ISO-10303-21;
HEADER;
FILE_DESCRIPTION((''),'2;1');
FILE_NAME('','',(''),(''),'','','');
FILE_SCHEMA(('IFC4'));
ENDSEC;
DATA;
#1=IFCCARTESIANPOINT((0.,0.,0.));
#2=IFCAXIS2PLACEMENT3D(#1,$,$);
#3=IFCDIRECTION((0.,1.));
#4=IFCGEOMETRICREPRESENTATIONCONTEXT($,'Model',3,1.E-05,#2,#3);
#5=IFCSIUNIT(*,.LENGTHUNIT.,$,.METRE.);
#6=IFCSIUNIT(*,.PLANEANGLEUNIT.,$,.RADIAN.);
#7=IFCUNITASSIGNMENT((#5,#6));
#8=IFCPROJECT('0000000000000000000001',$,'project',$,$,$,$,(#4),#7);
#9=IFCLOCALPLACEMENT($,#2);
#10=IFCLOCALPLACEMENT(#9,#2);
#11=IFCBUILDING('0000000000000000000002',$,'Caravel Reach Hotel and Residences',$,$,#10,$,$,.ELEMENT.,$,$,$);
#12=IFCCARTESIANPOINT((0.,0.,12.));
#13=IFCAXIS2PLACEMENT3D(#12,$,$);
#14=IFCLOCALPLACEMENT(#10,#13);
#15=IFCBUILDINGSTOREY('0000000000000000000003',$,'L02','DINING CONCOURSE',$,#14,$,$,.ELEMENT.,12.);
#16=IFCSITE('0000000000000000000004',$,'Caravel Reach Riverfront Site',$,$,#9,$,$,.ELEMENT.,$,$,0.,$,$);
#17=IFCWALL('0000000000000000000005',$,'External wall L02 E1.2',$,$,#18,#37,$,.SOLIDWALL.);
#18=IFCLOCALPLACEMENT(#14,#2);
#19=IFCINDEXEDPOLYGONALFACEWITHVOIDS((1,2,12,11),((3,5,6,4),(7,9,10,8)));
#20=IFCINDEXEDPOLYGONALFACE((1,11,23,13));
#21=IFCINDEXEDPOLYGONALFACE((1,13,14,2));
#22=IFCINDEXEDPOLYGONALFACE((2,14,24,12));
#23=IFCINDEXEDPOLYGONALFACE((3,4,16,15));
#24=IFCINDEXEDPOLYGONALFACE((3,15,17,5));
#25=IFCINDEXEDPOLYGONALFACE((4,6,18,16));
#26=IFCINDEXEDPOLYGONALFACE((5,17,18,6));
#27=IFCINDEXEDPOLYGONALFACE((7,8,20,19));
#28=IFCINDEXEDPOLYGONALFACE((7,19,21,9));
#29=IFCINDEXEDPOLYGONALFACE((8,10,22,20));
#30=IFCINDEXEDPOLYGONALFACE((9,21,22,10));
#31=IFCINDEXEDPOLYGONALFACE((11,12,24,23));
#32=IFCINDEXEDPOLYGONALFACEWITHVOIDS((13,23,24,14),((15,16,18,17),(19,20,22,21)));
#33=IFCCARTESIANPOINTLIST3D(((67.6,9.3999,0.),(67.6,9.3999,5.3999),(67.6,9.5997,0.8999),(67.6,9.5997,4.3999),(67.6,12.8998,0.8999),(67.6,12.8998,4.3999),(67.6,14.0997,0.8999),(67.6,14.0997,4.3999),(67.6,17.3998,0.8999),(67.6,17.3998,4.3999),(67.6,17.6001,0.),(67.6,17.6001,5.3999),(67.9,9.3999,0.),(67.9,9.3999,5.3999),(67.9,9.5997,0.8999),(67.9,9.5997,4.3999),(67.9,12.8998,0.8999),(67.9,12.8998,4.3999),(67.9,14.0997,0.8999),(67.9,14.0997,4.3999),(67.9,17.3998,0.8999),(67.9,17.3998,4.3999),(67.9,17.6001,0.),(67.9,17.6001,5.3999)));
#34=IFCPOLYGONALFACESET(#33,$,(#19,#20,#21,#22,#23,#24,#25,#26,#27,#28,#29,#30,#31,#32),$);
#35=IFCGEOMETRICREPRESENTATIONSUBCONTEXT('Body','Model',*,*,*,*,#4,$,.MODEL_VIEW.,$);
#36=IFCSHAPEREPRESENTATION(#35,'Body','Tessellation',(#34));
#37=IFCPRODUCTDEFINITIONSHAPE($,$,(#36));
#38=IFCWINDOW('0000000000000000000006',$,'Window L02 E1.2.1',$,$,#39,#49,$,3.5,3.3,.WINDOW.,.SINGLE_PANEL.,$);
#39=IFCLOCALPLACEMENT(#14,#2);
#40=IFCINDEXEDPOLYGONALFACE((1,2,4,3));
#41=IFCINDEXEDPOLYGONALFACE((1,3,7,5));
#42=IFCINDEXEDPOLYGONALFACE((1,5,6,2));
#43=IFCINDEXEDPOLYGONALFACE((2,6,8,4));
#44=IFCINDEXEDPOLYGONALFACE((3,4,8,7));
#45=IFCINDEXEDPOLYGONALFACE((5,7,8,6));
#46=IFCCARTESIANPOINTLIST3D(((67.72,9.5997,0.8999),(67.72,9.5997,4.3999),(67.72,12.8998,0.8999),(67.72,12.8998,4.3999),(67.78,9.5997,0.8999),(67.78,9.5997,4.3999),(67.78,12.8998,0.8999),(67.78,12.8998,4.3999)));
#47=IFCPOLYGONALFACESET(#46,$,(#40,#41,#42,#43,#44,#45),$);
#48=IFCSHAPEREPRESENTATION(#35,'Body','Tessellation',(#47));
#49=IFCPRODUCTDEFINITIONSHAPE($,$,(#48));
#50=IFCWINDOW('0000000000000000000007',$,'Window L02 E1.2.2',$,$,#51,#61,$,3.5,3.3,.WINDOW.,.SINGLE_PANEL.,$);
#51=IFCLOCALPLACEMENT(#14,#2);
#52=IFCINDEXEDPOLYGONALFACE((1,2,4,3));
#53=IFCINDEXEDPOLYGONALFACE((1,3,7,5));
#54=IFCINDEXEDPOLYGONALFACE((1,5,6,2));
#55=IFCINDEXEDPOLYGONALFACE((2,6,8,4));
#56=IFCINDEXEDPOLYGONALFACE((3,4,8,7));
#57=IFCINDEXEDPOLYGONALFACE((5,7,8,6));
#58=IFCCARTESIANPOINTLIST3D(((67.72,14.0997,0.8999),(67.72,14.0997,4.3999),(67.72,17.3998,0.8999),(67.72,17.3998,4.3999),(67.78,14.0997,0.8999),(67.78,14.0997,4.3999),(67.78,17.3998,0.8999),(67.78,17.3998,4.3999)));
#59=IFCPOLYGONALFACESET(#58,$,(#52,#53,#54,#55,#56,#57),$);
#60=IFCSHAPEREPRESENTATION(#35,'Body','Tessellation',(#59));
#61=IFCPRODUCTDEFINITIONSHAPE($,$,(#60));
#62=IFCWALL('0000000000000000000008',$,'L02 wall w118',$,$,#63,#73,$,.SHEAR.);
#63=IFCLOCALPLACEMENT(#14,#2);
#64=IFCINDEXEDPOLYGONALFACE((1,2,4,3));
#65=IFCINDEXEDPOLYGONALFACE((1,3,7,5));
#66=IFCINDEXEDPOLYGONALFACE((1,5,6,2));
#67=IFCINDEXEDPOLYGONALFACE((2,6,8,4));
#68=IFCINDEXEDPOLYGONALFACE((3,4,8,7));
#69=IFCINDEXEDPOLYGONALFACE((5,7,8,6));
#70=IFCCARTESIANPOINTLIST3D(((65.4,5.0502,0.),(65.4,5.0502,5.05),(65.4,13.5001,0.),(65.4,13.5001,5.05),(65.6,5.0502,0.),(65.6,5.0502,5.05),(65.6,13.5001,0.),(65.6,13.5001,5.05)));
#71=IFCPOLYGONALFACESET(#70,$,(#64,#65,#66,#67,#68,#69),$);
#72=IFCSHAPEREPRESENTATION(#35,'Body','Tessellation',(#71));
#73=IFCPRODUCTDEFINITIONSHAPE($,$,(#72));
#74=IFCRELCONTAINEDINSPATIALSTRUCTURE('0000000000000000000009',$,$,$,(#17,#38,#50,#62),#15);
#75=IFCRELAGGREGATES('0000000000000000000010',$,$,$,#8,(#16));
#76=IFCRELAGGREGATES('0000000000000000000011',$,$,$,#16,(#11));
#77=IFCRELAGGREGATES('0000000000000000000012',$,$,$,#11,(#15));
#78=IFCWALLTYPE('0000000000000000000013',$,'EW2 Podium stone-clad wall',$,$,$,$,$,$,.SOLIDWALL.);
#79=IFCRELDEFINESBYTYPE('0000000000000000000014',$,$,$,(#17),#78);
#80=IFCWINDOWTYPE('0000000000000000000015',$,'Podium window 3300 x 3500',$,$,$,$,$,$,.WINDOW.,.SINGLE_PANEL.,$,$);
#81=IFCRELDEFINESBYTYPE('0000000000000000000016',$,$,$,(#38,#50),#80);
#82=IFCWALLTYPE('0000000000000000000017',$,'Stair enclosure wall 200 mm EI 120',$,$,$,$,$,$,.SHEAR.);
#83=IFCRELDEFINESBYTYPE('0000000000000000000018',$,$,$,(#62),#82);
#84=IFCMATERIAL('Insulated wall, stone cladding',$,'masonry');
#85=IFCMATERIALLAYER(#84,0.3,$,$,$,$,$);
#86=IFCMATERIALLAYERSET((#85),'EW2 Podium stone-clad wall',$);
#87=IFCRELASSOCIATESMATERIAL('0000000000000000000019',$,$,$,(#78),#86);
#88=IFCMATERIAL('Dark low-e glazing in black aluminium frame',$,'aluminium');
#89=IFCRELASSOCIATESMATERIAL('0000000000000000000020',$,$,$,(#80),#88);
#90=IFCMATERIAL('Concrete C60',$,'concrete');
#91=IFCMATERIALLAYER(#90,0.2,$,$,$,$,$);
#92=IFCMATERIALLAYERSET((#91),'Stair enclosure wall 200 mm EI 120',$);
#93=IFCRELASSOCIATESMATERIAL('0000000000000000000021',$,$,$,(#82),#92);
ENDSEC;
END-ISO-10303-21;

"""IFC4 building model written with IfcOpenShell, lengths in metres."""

from ifc_helpers import new_model, si_unit, direction, frame, frame_2d, origin, place, context, subcontext, project, spatial, rectangle, extrude, material, layer, layer_set, type_object, element, fill, save


model = new_model("IFC4")

# Units and contexts
model_context = context("Model", 3, precision=1e-05, world=origin(), true_north=direction((0.0, 1.0)))
body_context = subcontext(model_context, "Body", "Model", "MODEL_VIEW")
ifc_project = project(units=[si_unit("LENGTHUNIT", "METRE"), si_unit("PLANEANGLEUNIT", "RADIAN")], contexts=[model_context])

# Site, building, storey
site_placement = place(None, origin())
site = spatial("IfcSite", under=ifc_project, at=site_placement, Name="Caravel Reach Riverfront Site", CompositionType="ELEMENT", RefElevation=0.0)
building_placement = place(site_placement, origin())
building = spatial("IfcBuilding", under=site, at=building_placement, Name="Caravel Reach Hotel and Residences", CompositionType="ELEMENT")
storey_placement = place(building_placement, frame((0.0, 0.0, 12.0)))
storey = spatial("IfcBuildingStorey", under=building, at=storey_placement, Name="L02", Description="DINING CONCOURSE", CompositionType="ELEMENT", Elevation=12.0)

# Wall, openings, windows
ifc_material_1 = material(Name="Insulated wall, stone cladding", Category="masonry")
ifc_layer_1 = layer(ifc_material_1, 0.3)
ifc_layer_set_1 = layer_set([ifc_layer_1], Name="EW2 Podium stone-clad wall")
wall_type_1 = type_object("IfcWallType", Name="EW2 Podium stone-clad wall", PredefinedType="SOLIDWALL", material=ifc_layer_set_1)
ifc_material_2 = material(Name="Dark low-e glazing in black aluminium frame", Category="aluminium")
window_type = type_object("IfcWindowType", Name="Podium window 3300 x 3500", PartitioningType="SINGLE_PANEL", PredefinedType="WINDOW", material=ifc_material_2)
wall_1_placement = place(storey_placement, frame((67.75, 9.3999, 0.0), z_axis=(0.0, 0.0, 1.0), x_axis=(0.0, 1.0, 0.0)))
wall_1 = element("IfcWall", 1, at=wall_1_placement, inside=storey, type_object=wall_type_1, Name="External wall L02 E1.2", PredefinedType="SOLIDWALL", context=body_context, shape_type="SweptSolid", body=[
    extrude(rectangle(XDim=8.2002, YDim=0.3, at=frame_2d((4.1001, 0.0))), origin(), (0.0, 0.0, 1.0), 5.3999),
])
opening_1_placement = place(wall_1_placement, frame((0.2, 0.0, 0.8999)))
opening_1 = element("IfcOpeningElement", 2, at=opening_1_placement, cuts=wall_1, PredefinedType="OPENING", context=body_context, shape_type="SweptSolid", body=[
    extrude(rectangle(XDim=3.3, YDim=3.5, at=frame_2d((1.6499, 1.75))), frame((0.0, 0.1599, 0.0), z_axis=(0.0, -1.0, 0.0), x_axis=(1.0, 0.0, 0.0)), (0.0, 0.0, 1.0), 0.3201),
])
opening_2_placement = place(wall_1_placement, frame((4.7, 0.0, 0.8999)))
opening_2 = element("IfcOpeningElement", 3, at=opening_2_placement, cuts=wall_1, PredefinedType="OPENING", context=body_context, shape_type="SweptSolid", body=[
    extrude(rectangle(XDim=3.3, YDim=3.5, at=frame_2d((1.6499, 1.75))), frame((0.0, 0.1599, 0.0), z_axis=(0.0, -1.0, 0.0), x_axis=(1.0, 0.0, 0.0)), (0.0, 0.0, 1.0), 0.3201),
])
window_1_placement = place(opening_1_placement, origin())
window_1 = element("IfcWindow", 4, at=window_1_placement, inside=storey, type_object=window_type, Name="Window L02 E1.2.1", OverallHeight=3.5, OverallWidth=3.3, PartitioningType="SINGLE_PANEL", PredefinedType="WINDOW", context=body_context, shape_type="SweptSolid", body=[
    extrude(rectangle(XDim=3.3, YDim=3.5, at=frame_2d((1.6499, 1.75))), frame((0.0, 0.03, 0.0), z_axis=(0.0, -1.0, 0.0), x_axis=(1.0, 0.0, 0.0)), (0.0, 0.0, 1.0), 0.0601),
])
fill(opening_1, window_1)
window_2_placement = place(opening_2_placement, origin())
window_2 = element("IfcWindow", 5, at=window_2_placement, inside=storey, type_object=window_type, Name="Window L02 E1.2.2", OverallHeight=3.5, OverallWidth=3.3, PartitioningType="SINGLE_PANEL", PredefinedType="WINDOW", context=body_context, shape_type="SweptSolid", body=[
    extrude(rectangle(XDim=3.3, YDim=3.5, at=frame_2d((1.6499, 1.75))), frame((0.0, 0.03, 0.0), z_axis=(0.0, -1.0, 0.0), x_axis=(1.0, 0.0, 0.0)), (0.0, 0.0, 1.0), 0.0601),
])
fill(opening_2, window_2)

# Wall
ifc_material_3 = material(Name="Concrete C60", Category="concrete")
ifc_layer_2 = layer(ifc_material_3, 0.2)
ifc_layer_set_2 = layer_set([ifc_layer_2], Name="Stair enclosure wall 200 mm EI 120")
wall_type_2 = type_object("IfcWallType", Name="Stair enclosure wall 200 mm EI 120", PredefinedType="SHEAR", material=ifc_layer_set_2)
wall_2_placement = place(storey_placement, frame((65.5, 5.05, 0.0), z_axis=(0.0, 0.0, 1.0), x_axis=(0.0, 1.0, 0.0)))
element("IfcWall", 6, at=wall_2_placement, inside=storey, type_object=wall_type_2, Name="L02 wall w118", PredefinedType="SHEAR", context=body_context, shape_type="SweptSolid", body=[
    extrude(rectangle(XDim=8.45, YDim=0.2, at=frame_2d((4.2251, 0.0))), origin(), (0.0, 0.0, 1.0), 5.05),
])

save(model, "model.ifc")
